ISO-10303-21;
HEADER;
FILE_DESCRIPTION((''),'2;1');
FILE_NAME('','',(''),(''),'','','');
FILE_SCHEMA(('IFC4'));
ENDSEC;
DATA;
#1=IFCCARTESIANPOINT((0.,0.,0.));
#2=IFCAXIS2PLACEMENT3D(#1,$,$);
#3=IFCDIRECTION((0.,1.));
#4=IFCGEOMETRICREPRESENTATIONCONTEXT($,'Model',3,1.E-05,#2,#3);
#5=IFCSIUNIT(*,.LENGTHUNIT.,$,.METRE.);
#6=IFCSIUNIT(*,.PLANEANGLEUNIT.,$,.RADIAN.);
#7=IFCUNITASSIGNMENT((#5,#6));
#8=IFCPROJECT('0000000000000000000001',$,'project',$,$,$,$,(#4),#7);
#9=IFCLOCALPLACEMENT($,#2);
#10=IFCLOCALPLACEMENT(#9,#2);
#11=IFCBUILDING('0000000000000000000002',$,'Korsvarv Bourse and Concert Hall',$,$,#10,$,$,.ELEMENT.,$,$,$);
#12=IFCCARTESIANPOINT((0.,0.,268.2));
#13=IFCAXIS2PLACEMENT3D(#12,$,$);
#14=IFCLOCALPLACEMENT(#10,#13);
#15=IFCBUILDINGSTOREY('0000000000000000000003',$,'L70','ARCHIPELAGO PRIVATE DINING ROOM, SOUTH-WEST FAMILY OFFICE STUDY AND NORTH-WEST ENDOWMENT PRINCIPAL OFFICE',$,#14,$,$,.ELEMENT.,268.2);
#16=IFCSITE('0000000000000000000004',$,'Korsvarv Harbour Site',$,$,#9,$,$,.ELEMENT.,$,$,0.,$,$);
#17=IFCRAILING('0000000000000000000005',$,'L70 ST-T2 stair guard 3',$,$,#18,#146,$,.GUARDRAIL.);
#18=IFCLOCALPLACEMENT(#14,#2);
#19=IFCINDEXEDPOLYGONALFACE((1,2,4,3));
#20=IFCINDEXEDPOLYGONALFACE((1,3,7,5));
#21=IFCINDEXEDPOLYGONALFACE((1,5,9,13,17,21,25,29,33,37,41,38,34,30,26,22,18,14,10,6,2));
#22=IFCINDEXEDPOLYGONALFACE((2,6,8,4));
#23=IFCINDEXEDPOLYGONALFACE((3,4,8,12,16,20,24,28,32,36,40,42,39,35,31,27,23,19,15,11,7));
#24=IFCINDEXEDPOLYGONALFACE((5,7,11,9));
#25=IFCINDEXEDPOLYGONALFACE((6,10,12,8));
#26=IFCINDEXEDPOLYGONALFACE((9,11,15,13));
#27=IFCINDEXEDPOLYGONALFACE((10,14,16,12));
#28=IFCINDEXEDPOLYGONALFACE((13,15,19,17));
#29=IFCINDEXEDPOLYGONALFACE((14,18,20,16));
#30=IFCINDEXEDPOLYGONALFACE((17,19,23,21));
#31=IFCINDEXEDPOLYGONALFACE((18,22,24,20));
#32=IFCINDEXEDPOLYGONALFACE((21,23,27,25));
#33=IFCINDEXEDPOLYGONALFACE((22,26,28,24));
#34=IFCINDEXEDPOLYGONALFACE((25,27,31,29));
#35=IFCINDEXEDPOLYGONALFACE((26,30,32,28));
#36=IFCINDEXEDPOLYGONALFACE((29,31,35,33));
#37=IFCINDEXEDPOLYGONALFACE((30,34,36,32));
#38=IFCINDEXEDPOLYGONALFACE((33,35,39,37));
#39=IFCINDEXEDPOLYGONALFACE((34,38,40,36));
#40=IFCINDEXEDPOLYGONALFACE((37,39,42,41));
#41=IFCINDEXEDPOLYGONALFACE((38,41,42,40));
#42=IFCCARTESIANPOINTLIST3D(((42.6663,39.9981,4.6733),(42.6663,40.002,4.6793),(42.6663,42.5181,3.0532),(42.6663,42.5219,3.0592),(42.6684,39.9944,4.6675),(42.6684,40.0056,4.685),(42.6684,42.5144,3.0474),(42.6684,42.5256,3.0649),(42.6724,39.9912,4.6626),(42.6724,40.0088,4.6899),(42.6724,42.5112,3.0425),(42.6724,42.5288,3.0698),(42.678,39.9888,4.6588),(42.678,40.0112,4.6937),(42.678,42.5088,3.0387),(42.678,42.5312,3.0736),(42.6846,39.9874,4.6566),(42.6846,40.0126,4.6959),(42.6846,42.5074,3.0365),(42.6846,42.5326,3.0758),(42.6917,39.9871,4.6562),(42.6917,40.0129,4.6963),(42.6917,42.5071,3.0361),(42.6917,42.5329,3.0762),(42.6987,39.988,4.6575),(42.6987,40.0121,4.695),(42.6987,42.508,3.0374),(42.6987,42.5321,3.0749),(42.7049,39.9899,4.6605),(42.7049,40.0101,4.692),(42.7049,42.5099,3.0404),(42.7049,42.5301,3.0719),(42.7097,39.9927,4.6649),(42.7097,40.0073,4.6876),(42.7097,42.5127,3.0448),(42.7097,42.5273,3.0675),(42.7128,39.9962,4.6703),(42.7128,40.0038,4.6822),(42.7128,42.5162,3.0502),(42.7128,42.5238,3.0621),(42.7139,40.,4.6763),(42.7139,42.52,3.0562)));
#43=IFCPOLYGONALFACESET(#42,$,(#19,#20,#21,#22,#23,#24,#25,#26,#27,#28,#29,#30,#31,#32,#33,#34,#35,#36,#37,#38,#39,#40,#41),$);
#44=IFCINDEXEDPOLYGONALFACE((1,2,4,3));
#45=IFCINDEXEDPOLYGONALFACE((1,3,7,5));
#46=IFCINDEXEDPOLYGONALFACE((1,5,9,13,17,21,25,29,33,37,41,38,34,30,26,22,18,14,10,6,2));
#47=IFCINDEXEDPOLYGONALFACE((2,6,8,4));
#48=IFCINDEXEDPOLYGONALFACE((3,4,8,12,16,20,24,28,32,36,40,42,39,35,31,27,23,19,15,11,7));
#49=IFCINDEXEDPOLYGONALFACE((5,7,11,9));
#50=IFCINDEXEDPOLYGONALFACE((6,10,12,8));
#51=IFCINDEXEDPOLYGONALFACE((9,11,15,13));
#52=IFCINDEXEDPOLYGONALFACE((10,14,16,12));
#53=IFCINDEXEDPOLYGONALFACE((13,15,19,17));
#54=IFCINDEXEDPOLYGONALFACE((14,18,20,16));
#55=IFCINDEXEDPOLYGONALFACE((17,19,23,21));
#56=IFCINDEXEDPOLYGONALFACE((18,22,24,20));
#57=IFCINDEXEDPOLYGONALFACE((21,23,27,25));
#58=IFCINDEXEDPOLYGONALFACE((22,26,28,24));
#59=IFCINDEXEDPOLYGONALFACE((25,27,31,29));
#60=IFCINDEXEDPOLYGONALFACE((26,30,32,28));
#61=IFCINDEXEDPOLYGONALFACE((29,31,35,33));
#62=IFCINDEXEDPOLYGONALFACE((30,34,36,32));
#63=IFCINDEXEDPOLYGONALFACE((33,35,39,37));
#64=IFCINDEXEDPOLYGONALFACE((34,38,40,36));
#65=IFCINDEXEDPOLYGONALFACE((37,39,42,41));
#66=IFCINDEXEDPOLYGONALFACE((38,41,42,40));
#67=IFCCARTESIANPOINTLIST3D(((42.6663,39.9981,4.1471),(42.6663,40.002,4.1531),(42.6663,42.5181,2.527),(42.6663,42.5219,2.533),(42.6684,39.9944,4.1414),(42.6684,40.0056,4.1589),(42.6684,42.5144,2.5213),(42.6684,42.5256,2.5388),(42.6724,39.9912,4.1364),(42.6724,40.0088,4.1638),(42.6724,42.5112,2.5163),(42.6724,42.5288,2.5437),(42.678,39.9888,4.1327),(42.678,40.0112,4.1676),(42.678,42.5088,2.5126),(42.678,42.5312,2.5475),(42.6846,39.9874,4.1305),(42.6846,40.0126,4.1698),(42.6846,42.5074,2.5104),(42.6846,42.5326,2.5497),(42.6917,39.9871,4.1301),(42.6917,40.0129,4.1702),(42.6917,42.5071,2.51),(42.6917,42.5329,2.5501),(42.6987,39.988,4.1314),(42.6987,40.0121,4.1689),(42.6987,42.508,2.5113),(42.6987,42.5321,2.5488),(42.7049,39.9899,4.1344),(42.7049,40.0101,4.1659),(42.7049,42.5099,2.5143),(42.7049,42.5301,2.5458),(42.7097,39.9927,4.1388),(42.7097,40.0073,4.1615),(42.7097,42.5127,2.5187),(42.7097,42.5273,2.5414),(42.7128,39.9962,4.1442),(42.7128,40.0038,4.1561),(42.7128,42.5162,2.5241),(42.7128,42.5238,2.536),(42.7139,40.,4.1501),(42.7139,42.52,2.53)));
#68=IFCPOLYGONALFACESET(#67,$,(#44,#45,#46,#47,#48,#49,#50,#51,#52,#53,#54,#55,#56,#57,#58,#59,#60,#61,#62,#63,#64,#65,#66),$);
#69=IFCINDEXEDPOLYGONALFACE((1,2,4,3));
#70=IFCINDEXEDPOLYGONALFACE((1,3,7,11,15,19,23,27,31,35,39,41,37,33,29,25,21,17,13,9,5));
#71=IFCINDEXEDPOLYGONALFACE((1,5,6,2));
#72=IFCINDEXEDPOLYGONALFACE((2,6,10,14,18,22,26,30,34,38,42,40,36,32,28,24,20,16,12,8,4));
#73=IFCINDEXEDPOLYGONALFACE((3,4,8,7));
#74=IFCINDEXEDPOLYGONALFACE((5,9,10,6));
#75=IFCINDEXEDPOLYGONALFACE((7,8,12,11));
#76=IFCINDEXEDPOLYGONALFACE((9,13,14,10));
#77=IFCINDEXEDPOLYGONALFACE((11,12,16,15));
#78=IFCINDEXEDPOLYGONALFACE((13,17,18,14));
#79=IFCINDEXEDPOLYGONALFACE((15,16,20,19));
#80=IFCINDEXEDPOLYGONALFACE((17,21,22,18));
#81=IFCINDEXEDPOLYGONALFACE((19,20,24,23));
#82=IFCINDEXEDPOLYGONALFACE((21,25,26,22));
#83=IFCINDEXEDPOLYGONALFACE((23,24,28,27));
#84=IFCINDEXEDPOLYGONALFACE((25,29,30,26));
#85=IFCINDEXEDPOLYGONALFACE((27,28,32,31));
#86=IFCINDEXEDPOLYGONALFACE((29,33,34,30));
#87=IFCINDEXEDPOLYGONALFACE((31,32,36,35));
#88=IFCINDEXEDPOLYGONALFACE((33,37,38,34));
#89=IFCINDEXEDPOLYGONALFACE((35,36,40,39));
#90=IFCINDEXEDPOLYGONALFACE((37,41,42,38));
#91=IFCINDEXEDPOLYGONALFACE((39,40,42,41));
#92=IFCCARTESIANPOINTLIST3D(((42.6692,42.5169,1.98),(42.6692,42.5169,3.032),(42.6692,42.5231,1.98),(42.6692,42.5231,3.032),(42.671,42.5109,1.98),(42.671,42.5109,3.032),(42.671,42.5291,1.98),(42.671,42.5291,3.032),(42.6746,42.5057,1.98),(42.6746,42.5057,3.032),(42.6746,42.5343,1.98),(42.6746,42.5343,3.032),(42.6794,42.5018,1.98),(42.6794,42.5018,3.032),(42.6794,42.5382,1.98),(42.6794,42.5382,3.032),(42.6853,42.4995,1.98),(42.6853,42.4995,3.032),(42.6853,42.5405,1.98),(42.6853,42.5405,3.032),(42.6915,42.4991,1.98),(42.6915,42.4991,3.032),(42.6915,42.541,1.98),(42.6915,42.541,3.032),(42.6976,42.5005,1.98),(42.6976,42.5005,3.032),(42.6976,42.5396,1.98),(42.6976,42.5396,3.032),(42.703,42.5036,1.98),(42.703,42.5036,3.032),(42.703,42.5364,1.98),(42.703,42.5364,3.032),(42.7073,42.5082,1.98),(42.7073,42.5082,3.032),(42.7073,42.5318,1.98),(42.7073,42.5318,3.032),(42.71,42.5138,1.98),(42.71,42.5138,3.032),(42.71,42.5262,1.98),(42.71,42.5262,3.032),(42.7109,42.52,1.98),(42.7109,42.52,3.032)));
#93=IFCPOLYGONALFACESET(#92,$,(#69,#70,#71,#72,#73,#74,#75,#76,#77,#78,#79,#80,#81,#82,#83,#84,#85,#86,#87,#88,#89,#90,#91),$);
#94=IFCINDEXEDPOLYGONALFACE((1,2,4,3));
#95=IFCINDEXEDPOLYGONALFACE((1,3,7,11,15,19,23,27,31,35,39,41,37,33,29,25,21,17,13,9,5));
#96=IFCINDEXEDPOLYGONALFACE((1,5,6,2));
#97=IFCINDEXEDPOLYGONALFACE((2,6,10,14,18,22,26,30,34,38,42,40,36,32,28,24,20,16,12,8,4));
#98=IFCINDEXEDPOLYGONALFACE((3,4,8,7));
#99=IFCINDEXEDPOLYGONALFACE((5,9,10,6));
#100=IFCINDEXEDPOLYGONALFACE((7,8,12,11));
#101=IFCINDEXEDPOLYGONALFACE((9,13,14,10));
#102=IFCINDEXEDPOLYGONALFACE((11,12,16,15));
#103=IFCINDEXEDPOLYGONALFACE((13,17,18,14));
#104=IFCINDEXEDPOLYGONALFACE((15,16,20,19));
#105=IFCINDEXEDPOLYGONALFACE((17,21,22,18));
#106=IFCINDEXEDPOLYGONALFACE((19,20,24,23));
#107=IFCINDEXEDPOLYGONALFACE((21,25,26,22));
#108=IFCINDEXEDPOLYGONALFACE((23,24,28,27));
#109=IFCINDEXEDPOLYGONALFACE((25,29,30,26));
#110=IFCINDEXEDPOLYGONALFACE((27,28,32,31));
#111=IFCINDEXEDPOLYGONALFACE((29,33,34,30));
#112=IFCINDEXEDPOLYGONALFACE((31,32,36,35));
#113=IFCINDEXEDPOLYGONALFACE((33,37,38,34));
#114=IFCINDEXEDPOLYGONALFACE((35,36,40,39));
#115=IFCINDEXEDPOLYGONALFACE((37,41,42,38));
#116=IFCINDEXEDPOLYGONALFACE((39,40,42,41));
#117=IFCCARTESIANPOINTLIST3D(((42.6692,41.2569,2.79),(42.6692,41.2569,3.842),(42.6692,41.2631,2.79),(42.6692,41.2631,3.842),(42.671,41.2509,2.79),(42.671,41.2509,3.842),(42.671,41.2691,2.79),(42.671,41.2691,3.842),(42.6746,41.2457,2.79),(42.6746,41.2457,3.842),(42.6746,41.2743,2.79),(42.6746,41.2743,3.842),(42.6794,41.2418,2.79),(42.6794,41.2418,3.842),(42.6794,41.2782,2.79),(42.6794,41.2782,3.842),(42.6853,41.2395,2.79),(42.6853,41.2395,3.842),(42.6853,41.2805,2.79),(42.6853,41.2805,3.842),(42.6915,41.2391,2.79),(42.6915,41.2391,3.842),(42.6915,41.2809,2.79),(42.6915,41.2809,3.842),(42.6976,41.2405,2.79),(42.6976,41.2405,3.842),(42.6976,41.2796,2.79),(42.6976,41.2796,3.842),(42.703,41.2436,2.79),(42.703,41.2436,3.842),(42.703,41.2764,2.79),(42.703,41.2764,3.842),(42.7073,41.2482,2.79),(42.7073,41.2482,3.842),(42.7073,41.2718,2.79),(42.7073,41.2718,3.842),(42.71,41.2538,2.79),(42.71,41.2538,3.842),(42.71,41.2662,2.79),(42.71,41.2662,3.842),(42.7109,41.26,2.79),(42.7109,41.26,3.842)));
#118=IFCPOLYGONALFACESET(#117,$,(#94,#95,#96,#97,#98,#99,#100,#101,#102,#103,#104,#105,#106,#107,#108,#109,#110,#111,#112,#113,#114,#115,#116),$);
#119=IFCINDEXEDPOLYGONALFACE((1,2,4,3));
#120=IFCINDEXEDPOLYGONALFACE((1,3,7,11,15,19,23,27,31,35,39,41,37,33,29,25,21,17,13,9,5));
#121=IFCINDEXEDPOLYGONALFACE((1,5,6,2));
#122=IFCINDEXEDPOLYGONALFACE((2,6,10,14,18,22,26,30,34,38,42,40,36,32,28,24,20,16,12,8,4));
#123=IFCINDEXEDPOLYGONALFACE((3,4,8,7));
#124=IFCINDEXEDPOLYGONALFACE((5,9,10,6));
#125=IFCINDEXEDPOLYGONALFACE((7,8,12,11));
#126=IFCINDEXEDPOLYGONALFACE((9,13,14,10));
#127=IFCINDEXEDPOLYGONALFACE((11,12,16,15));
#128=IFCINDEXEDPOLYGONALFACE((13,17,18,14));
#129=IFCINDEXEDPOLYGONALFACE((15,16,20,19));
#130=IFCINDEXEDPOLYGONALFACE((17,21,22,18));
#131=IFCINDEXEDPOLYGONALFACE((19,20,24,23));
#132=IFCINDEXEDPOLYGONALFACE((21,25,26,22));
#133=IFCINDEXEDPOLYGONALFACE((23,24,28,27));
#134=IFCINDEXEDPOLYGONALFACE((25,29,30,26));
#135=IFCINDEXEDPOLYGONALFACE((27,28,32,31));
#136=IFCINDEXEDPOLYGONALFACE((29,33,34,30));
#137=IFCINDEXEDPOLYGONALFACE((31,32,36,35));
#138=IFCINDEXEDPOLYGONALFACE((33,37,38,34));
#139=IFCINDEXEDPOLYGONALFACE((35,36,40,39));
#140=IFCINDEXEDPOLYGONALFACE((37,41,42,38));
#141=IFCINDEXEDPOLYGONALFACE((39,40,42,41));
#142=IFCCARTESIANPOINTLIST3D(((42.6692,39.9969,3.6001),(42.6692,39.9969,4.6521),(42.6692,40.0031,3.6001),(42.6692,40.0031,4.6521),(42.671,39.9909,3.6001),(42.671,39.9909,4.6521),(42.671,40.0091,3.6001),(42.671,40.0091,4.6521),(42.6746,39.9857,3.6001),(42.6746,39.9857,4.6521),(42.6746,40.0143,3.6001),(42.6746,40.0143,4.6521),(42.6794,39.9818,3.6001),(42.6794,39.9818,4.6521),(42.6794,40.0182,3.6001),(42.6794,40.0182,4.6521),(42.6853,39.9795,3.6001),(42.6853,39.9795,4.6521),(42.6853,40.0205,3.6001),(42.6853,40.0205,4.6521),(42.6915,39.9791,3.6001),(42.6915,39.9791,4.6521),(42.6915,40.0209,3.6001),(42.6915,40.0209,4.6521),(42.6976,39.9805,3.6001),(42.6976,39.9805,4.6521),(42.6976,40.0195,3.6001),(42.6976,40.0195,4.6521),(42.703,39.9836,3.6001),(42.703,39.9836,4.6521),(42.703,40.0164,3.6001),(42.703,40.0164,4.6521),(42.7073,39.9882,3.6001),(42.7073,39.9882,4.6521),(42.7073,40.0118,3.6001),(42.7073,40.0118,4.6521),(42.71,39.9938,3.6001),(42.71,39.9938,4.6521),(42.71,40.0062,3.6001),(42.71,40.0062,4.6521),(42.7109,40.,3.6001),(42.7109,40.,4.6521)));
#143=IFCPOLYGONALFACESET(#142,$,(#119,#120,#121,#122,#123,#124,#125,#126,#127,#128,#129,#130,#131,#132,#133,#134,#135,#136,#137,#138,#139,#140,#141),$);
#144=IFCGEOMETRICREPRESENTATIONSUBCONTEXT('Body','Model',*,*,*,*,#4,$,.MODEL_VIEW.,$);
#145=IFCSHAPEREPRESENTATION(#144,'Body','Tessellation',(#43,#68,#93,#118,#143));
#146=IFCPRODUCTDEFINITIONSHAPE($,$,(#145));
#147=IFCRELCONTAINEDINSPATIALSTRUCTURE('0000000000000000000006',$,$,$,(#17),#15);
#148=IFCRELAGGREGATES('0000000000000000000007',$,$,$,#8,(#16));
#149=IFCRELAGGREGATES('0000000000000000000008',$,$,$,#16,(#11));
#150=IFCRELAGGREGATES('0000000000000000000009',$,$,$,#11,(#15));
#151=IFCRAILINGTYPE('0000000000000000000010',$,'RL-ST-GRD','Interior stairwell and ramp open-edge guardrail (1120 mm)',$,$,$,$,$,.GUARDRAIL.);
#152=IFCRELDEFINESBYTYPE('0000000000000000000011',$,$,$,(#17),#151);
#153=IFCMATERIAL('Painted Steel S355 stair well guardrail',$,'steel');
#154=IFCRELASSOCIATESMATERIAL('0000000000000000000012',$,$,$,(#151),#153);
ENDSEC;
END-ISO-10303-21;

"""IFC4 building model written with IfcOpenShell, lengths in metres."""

from ifc_helpers import new_model, si_unit, direction, frame, origin, origin_2d, place, context, subcontext, project, spatial, circle, extrude, material, type_object, element, save


model = new_model("IFC4")

# Units and contexts
model_context = context("Model", 3, precision=1e-05, world=origin(), true_north=direction((0.0, 1.0)))
body_context = subcontext(model_context, "Body", "Model", "MODEL_VIEW")
ifc_project = project(units=[si_unit("LENGTHUNIT", "METRE"), si_unit("PLANEANGLEUNIT", "RADIAN")], contexts=[model_context])

# Site, building, storey
site_placement = place(None, origin())
site = spatial("IfcSite", under=ifc_project, at=site_placement, Name="Korsvarv Harbour Site", CompositionType="ELEMENT", RefElevation=0.0)
building_placement = place(site_placement, origin())
building = spatial("IfcBuilding", under=site, at=building_placement, Name="Korsvarv Bourse and Concert Hall", CompositionType="ELEMENT")
storey_placement = place(building_placement, frame((0.0, 0.0, 268.2)))
storey = spatial("IfcBuildingStorey", under=building, at=storey_placement, Name="L70", Description="ARCHIPELAGO PRIVATE DINING ROOM, SOUTH-WEST FAMILY OFFICE STUDY AND NORTH-WEST ENDOWMENT PRINCIPAL OFFICE", CompositionType="ELEMENT", Elevation=268.2)

# Railing
ifc_material_1 = material(Name="Painted Steel S355 stair well guardrail", Category="steel")
railing_type_1 = type_object("IfcRailingType", Name="RL-ST-GRD", Description="Interior stairwell and ramp open-edge guardrail (1120 mm)", PredefinedType="GUARDRAIL", material=ifc_material_1)
railing_1_placement = place(storey_placement, frame((42.6899, 42.52, 1.98)))
element("IfcRailing", 1, at=railing_1_placement, inside=storey, type_object=railing_type_1, Name="L70 ST-T2 stair guard 3", PredefinedType="GUARDRAIL", context=body_context, shape_type="SweptSolid", body=[
    extrude(circle(Radius=0.0239, at=origin_2d()), frame((0.0, 0.0, 1.0762), z_axis=(0.0, -0.841163, 0.540782), x_axis=(1.0, 0.0, 0.0)), (0.0, 0.0, 1.0), 2.9958),
    extrude(circle(Radius=0.0239, at=origin_2d()), frame((0.0, 0.0, 0.55), z_axis=(0.0, -0.841163, 0.540782), x_axis=(1.0, 0.0, 0.0)), (0.0, 0.0, 1.0), 2.9958),
    extrude(circle(Radius=0.021, at=origin_2d()), origin(), (0.0, 0.0, 1.0), 1.052),
    extrude(circle(Radius=0.021, at=origin_2d()), frame((0.0, -1.26, 0.8101)), (0.0, 0.0, 1.0), 1.052),
    extrude(circle(Radius=0.021, at=origin_2d()), frame((0.0, -2.52, 1.6201)), (0.0, 0.0, 1.0), 1.052),
])

save(model, "model.ifc")
